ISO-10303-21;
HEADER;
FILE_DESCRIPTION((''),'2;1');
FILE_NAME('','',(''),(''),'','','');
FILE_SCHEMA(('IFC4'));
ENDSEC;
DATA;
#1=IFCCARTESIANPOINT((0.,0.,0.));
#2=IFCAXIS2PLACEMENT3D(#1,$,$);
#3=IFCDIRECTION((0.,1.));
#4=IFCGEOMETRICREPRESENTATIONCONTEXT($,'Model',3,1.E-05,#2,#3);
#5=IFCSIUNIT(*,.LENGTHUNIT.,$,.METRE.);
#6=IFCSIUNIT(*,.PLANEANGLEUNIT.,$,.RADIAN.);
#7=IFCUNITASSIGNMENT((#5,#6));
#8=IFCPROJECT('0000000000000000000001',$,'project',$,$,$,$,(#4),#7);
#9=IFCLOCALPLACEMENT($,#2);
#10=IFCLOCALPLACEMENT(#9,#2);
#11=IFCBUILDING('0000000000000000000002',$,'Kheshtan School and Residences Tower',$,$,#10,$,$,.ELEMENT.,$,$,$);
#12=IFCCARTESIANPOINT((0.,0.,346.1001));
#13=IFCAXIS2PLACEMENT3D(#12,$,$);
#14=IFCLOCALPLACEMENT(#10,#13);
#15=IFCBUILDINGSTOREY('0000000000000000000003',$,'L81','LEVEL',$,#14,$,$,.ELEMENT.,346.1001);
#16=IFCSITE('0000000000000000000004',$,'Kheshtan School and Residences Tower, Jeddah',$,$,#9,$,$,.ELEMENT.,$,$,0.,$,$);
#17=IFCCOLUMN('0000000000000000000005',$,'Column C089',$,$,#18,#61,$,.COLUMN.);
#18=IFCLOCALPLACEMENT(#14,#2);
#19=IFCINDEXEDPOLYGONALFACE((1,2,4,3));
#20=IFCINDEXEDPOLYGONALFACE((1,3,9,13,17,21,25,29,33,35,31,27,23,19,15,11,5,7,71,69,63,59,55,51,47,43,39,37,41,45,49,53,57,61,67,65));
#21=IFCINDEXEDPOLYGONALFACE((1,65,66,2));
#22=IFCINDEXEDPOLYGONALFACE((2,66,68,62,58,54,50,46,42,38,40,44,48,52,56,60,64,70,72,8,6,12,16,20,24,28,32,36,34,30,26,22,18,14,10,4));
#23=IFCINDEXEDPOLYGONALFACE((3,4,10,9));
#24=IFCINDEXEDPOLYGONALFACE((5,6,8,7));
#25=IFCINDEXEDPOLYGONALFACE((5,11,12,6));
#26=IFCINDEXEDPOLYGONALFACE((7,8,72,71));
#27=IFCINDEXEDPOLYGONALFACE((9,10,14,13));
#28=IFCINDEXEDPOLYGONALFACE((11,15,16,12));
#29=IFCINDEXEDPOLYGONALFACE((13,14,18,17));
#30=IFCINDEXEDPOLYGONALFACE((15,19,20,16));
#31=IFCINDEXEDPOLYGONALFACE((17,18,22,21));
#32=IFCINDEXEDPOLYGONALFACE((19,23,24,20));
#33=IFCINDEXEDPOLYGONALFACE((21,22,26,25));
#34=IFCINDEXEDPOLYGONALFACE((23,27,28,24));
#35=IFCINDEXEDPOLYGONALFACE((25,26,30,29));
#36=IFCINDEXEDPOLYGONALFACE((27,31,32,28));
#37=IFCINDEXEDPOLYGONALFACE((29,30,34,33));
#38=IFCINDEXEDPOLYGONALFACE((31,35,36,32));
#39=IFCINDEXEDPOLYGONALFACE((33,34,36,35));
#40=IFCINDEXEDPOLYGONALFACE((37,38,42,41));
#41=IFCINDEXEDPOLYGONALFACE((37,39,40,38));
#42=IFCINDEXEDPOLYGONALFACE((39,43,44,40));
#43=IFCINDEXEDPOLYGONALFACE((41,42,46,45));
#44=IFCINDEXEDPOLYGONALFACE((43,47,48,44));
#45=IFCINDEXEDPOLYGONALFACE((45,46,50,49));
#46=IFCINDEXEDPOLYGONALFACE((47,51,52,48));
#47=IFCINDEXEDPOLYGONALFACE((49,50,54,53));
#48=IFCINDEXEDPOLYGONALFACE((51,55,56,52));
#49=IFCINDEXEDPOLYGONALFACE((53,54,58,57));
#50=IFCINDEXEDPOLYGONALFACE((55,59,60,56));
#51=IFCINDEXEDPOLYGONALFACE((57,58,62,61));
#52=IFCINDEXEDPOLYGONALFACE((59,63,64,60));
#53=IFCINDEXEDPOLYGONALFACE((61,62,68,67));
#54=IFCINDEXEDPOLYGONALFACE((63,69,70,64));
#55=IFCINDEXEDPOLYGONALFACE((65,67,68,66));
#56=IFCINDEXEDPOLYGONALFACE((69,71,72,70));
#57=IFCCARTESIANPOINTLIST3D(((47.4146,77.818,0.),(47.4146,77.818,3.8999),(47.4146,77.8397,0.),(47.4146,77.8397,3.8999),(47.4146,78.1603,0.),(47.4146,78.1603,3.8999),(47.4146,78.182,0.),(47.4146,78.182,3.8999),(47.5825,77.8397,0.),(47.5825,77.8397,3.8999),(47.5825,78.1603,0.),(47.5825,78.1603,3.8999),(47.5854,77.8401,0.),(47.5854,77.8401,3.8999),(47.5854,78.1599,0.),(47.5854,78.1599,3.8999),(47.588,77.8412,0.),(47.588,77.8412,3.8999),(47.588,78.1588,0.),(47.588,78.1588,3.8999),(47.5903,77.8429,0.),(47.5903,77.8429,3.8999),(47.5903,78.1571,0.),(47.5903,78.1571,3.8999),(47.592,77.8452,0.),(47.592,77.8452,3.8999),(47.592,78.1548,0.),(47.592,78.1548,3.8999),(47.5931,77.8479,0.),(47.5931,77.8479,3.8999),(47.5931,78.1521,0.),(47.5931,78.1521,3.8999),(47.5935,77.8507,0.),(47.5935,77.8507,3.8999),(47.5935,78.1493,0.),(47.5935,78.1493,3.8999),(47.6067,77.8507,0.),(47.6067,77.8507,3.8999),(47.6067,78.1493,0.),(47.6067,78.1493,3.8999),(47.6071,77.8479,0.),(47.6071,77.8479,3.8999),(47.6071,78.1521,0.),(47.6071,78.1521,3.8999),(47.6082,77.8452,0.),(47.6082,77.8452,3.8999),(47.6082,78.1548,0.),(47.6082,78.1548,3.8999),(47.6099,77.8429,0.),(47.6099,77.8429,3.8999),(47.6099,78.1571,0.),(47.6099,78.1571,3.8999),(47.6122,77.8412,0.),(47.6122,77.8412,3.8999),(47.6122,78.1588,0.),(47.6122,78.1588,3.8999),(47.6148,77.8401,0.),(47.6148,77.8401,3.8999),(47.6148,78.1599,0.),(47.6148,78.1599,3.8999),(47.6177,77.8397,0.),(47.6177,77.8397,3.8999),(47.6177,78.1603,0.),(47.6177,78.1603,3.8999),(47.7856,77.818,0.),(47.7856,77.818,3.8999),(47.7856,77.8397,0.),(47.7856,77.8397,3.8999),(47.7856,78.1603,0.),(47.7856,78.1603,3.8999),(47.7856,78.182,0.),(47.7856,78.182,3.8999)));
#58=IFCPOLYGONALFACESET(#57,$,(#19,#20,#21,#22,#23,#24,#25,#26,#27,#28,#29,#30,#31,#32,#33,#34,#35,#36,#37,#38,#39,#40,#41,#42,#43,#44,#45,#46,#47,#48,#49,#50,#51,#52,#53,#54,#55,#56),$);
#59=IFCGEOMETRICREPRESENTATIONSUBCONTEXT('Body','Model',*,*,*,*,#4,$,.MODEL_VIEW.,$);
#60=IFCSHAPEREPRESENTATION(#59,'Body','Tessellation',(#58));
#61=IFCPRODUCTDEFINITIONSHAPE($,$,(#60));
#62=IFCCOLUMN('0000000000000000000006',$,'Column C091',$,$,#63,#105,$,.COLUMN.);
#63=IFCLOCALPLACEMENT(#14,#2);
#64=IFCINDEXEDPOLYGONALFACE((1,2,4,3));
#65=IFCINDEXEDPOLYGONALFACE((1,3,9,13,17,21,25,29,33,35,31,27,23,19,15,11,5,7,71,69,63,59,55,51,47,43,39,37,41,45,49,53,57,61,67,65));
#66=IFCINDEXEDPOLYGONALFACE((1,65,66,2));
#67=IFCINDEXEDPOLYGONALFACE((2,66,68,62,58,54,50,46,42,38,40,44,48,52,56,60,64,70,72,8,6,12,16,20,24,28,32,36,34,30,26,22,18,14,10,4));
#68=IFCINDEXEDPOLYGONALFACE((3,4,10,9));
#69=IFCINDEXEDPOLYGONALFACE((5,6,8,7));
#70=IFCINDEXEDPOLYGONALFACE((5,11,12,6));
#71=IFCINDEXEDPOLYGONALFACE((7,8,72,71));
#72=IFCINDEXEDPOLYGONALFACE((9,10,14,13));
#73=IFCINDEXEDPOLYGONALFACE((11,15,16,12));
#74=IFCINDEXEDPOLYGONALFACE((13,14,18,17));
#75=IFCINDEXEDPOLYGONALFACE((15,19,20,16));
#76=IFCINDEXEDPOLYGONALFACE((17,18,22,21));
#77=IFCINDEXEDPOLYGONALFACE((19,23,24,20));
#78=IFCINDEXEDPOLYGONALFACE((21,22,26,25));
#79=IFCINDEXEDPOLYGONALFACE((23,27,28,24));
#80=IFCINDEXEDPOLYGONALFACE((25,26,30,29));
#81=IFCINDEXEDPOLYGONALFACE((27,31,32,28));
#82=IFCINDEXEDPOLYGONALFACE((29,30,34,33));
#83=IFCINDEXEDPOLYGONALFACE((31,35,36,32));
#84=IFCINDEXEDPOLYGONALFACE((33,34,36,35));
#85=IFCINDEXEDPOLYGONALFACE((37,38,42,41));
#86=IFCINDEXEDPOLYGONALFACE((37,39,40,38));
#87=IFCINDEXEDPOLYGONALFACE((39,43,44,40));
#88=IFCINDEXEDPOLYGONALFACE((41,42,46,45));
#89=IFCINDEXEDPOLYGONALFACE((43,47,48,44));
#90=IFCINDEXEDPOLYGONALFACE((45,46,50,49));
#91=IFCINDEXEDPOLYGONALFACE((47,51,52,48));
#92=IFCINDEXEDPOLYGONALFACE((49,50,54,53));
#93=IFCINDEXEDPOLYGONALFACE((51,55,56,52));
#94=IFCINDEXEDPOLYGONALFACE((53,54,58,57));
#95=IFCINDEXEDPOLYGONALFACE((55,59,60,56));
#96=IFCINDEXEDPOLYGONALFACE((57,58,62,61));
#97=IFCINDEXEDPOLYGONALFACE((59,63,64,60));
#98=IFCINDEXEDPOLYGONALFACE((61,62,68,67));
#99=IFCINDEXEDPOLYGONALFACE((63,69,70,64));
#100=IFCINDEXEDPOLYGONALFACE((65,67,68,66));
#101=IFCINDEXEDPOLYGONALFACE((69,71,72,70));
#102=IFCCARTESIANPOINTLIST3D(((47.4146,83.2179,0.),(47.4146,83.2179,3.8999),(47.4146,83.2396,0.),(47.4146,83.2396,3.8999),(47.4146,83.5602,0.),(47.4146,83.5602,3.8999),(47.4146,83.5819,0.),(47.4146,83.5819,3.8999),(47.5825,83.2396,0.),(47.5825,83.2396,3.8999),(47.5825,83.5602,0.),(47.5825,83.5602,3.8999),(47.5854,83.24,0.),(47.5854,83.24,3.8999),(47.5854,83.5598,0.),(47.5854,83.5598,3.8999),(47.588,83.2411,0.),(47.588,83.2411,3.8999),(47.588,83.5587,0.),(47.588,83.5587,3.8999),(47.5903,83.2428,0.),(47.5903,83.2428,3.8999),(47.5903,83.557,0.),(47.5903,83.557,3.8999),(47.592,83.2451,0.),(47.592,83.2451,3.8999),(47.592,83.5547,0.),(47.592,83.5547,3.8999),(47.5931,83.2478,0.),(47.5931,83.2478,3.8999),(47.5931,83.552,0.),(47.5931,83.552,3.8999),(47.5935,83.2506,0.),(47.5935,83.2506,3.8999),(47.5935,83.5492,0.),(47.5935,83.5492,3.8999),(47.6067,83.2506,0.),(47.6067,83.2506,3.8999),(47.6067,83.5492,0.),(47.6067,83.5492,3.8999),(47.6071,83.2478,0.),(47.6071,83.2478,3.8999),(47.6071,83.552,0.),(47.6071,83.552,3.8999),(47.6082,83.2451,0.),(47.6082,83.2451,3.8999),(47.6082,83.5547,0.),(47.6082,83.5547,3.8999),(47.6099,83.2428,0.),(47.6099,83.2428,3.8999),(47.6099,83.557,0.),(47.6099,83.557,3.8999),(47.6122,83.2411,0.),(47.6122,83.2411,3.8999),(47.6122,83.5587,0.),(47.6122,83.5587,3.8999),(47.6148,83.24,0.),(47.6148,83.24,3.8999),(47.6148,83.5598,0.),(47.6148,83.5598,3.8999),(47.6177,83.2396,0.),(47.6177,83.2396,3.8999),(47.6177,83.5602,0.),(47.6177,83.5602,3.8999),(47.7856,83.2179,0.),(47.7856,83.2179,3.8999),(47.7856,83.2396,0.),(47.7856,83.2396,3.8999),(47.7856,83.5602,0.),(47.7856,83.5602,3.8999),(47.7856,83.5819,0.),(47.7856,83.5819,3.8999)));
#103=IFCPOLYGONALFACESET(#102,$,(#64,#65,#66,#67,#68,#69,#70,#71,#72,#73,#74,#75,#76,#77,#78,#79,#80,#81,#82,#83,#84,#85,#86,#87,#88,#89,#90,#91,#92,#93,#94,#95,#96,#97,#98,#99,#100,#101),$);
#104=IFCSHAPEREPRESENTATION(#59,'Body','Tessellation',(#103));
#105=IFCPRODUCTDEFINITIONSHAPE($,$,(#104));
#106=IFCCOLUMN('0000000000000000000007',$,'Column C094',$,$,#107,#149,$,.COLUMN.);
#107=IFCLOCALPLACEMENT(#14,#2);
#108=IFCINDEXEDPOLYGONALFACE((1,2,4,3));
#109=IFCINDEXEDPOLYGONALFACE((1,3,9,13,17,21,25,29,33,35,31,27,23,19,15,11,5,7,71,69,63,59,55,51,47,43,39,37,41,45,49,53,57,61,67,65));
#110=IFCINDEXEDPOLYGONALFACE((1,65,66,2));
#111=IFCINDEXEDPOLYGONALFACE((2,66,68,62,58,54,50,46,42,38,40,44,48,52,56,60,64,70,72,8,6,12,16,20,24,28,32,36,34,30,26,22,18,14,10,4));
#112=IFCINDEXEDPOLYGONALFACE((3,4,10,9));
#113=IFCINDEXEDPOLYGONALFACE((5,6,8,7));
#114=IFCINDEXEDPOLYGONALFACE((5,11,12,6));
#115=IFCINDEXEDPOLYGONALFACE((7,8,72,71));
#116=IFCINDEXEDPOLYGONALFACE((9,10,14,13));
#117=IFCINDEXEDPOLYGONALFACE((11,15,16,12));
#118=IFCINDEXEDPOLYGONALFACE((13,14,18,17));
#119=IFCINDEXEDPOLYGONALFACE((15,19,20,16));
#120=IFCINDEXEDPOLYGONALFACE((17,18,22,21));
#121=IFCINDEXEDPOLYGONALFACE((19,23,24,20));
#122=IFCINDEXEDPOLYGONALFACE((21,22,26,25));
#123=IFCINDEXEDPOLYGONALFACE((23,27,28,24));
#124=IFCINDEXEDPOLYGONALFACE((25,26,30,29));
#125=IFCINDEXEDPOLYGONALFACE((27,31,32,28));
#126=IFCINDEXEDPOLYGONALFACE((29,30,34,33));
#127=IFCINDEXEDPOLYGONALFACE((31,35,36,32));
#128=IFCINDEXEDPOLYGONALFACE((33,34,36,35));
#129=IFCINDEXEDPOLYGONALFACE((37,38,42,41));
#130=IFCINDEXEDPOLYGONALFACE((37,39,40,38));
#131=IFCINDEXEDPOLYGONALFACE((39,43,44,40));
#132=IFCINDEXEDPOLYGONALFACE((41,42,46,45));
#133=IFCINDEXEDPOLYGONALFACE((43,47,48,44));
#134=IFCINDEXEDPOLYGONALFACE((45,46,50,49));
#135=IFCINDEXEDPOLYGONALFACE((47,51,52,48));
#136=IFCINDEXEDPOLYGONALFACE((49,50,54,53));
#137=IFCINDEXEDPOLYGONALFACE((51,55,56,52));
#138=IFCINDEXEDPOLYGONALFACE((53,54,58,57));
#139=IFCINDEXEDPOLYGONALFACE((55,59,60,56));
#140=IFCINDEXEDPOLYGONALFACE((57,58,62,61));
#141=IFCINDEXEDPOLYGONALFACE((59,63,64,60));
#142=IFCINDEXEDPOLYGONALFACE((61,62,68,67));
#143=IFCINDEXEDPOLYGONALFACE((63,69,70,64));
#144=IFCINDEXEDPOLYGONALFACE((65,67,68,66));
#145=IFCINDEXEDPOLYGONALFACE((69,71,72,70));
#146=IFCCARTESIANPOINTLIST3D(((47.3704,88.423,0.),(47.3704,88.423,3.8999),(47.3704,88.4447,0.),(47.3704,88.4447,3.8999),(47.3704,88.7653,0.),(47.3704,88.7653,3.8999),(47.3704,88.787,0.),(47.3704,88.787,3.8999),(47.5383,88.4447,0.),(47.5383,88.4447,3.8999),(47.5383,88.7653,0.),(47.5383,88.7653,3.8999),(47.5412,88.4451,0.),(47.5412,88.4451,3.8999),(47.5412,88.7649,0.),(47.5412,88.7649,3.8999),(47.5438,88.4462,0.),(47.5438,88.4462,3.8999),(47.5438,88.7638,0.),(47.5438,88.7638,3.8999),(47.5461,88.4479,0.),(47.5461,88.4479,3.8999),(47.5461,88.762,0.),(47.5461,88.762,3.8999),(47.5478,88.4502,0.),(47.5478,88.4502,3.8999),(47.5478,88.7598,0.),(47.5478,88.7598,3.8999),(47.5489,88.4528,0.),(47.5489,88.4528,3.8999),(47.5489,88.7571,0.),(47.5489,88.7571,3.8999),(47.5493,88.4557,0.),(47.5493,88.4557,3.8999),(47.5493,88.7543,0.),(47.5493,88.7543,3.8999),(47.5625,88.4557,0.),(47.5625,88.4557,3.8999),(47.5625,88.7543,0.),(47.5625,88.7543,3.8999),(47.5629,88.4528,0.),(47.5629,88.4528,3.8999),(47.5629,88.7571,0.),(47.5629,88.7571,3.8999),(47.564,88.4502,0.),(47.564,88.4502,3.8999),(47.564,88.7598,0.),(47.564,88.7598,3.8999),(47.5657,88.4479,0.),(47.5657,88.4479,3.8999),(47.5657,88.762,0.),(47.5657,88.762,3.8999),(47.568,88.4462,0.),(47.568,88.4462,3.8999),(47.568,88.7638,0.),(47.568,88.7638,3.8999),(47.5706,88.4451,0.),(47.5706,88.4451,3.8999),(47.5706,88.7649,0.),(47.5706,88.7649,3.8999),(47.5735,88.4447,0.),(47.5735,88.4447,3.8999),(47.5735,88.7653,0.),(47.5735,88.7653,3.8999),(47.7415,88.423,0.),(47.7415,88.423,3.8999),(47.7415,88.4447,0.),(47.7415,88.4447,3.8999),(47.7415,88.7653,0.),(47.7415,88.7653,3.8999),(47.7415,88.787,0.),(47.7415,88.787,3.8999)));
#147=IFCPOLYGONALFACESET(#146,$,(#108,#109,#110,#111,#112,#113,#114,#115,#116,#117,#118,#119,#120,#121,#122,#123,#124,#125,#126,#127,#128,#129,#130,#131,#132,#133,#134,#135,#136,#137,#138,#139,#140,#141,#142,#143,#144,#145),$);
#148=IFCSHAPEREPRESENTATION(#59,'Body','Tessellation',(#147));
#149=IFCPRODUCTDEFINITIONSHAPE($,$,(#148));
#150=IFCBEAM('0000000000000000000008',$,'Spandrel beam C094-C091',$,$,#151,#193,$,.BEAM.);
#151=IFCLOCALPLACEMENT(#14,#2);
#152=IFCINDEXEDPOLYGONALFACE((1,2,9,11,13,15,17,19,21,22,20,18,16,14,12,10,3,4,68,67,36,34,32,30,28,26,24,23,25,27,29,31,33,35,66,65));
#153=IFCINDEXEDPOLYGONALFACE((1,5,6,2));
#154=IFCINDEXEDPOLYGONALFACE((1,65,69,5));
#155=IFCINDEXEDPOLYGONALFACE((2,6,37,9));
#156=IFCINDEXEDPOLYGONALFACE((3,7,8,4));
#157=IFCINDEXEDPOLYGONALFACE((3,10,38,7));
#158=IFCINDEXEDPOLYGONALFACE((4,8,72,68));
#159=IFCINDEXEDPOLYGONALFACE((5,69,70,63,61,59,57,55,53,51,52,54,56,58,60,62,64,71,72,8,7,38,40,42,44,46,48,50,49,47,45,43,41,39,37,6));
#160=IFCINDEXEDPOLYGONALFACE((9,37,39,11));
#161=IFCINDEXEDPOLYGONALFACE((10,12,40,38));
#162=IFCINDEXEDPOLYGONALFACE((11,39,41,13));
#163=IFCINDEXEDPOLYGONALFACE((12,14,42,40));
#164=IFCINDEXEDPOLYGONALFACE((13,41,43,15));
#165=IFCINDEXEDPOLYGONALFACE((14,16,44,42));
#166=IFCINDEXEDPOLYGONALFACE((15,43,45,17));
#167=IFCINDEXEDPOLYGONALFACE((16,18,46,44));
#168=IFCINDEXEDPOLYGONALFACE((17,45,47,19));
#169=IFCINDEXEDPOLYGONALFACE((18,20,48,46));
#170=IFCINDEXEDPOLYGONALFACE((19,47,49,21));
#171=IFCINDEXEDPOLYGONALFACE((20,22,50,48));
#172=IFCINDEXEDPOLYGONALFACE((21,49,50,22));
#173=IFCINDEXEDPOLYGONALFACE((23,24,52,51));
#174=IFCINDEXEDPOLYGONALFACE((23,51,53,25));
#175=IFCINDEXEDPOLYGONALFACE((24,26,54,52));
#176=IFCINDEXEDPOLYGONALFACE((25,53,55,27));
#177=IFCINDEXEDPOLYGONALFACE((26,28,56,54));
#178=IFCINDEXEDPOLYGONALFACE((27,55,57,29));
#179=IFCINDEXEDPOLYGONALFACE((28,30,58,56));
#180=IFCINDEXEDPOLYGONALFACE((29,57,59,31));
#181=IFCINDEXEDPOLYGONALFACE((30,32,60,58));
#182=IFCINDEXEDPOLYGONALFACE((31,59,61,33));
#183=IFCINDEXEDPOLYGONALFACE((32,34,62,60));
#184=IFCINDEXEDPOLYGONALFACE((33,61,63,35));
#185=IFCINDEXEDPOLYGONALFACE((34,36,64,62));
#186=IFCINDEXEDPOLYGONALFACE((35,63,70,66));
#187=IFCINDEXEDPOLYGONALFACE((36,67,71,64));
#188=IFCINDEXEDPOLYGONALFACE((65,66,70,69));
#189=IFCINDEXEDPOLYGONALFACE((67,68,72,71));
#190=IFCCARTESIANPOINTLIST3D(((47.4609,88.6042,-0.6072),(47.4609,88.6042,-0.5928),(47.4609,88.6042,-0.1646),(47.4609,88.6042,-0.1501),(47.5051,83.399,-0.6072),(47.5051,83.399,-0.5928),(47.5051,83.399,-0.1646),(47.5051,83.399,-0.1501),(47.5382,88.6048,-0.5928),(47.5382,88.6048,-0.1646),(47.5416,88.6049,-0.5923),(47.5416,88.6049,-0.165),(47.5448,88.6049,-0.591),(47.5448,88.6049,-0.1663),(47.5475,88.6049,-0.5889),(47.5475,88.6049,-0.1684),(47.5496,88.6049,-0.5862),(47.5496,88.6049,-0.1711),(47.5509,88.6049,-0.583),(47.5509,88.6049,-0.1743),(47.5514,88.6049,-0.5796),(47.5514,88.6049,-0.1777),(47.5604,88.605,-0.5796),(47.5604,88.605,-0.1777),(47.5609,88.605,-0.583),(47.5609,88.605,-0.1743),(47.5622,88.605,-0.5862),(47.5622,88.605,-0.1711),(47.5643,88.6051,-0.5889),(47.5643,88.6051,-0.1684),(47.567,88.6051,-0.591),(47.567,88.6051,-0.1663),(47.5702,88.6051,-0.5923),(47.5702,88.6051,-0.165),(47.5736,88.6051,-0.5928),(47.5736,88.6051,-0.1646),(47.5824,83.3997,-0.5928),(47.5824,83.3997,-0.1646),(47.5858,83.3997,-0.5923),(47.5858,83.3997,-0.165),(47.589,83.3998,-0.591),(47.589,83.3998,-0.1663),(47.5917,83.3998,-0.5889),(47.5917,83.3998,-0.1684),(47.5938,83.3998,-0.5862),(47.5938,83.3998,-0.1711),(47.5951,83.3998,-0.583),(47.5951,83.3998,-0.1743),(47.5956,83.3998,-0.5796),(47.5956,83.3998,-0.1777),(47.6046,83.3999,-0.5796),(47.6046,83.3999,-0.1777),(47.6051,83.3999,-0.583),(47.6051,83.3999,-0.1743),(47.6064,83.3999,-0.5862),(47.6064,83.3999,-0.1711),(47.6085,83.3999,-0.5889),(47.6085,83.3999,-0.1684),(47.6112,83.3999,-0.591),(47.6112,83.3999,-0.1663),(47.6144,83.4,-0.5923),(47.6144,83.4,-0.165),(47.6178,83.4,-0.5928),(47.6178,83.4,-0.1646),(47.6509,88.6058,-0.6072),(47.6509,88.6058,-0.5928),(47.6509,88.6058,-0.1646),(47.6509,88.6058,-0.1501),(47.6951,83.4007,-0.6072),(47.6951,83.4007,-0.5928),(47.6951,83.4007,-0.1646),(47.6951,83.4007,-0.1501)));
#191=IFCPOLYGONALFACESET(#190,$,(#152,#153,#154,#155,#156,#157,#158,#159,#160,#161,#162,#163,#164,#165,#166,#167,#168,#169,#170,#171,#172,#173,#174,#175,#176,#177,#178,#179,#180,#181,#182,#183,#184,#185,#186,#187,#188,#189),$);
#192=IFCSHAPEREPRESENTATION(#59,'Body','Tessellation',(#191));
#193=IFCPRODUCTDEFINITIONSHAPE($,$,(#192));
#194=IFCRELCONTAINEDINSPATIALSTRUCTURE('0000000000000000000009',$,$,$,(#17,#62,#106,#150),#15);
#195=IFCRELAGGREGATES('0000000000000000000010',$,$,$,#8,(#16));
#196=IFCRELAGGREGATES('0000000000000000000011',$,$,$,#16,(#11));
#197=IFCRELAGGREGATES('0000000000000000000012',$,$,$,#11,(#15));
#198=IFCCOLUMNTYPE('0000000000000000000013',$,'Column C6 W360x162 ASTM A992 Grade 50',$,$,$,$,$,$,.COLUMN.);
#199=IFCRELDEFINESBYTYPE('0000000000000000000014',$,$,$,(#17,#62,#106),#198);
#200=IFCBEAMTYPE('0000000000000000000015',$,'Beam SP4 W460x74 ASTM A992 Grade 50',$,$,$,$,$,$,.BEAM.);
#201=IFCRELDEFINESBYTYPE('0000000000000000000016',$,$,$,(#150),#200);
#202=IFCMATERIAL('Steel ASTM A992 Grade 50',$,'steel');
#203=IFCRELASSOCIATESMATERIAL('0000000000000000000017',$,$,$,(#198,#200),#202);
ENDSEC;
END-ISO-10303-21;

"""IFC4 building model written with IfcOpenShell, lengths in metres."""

from ifc_helpers import new_model, si_unit, direction, frame, origin, origin_2d, place, context, subcontext, project, spatial, i_section, extrude, material, material_profile, profile_set, type_object, element, save


model = new_model("IFC4")

# Units and contexts
model_context = context("Model", 3, precision=1e-05, world=origin(), true_north=direction((0.0, 1.0)))
body_context = subcontext(model_context, "Body", "Model", "MODEL_VIEW")
ifc_project = project(units=[si_unit("LENGTHUNIT", "METRE"), si_unit("PLANEANGLEUNIT", "RADIAN")], contexts=[model_context])

# Site, building, storey
site_placement = place(None, origin())
site = spatial("IfcSite", under=ifc_project, at=site_placement, Name="Kheshtan School and Residences Tower, Jeddah", CompositionType="ELEMENT", RefElevation=0.0)
building_placement = place(site_placement, origin())
building = spatial("IfcBuilding", under=site, at=building_placement, Name="Kheshtan School and Residences Tower", CompositionType="ELEMENT")
storey_placement = place(building_placement, frame((0.0, 0.0, 346.1001)))
storey = spatial("IfcBuildingStorey", under=building, at=storey_placement, Name="L81", Description="LEVEL", CompositionType="ELEMENT", Elevation=346.1001)

# Columns
ifc_material_1 = material(Name="Steel ASTM A992 Grade 50", Category="steel")
ifc_material_profile_1 = material_profile(ifc_material_1, i_section(OverallWidth=0.3711, OverallDepth=0.364, WebThickness=0.0132, FlangeThickness=0.0217, FilletRadius=0.011, at=origin_2d()), Name="W360x162")
ifc_profile_set_1 = profile_set([ifc_material_profile_1], Name="Steel ASTM A992 Grade 50")
column_type = type_object("IfcColumnType", Name="Column C6 W360x162 ASTM A992 Grade 50", PredefinedType="COLUMN", material=ifc_profile_set_1)
for number, where, z_axis, x_axis, name in (
    (1, (47.6001, 78.0, 0.0), (0.0, 0.0, 1.0), (1.0, 0.0, 0.0), "Column C089"),
    (2, (47.6001, 83.3999, 0.0), (0.0, 0.0, 1.0), (1.0, 0.0, 0.0), "Column C091"),
    (3, (47.5559, 88.605, 0.0), (0.0, 0.0, 1.0), (1.0, 0.0, 0.0), "Column C094"),
):
    element("IfcColumn", number, at=place(storey_placement, frame(where, z_axis=z_axis, x_axis=x_axis)), inside=storey, type_object=column_type, Name=name, PredefinedType="COLUMN", context=body_context, shape_type="SweptSolid", body=[
        extrude(i_section(OverallWidth=0.3711, OverallDepth=0.364, WebThickness=0.0132, FlangeThickness=0.0217, FilletRadius=0.011, at=origin_2d()), origin(), (0.0, 0.0, 1.0), 3.8999),
    ])

# Beam
ifc_material_profile_2 = material_profile(ifc_material_1, i_section(OverallWidth=0.1899, OverallDepth=0.457, WebThickness=0.009, FlangeThickness=0.0144, FilletRadius=0.0132, at=origin_2d()), Name="W460x74")
ifc_profile_set_2 = profile_set([ifc_material_profile_2], Name="Steel ASTM A992 Grade 50")
beam_type = type_object("IfcBeamType", Name="Beam SP4 W460x74 ASTM A992 Grade 50", PredefinedType="BEAM", material=ifc_profile_set_2)
beam_placement = place(storey_placement, frame((47.5559, 88.605, -0.3787), z_axis=(0.008489, -0.999964, 0.0), x_axis=(0.999964, 0.008489, 0.0)))
element("IfcBeam", 4, at=beam_placement, inside=storey, type_object=beam_type, Name="Spandrel beam C094-C091", PredefinedType="BEAM", context=body_context, shape_type="SweptSolid", body=[
    extrude(i_section(OverallWidth=0.1899, OverallDepth=0.457, WebThickness=0.009, FlangeThickness=0.0144, FilletRadius=0.0132, at=origin_2d()), origin(), (0.0, 0.0, 1.0), 5.2053),
])

save(model, "model.ifc")
